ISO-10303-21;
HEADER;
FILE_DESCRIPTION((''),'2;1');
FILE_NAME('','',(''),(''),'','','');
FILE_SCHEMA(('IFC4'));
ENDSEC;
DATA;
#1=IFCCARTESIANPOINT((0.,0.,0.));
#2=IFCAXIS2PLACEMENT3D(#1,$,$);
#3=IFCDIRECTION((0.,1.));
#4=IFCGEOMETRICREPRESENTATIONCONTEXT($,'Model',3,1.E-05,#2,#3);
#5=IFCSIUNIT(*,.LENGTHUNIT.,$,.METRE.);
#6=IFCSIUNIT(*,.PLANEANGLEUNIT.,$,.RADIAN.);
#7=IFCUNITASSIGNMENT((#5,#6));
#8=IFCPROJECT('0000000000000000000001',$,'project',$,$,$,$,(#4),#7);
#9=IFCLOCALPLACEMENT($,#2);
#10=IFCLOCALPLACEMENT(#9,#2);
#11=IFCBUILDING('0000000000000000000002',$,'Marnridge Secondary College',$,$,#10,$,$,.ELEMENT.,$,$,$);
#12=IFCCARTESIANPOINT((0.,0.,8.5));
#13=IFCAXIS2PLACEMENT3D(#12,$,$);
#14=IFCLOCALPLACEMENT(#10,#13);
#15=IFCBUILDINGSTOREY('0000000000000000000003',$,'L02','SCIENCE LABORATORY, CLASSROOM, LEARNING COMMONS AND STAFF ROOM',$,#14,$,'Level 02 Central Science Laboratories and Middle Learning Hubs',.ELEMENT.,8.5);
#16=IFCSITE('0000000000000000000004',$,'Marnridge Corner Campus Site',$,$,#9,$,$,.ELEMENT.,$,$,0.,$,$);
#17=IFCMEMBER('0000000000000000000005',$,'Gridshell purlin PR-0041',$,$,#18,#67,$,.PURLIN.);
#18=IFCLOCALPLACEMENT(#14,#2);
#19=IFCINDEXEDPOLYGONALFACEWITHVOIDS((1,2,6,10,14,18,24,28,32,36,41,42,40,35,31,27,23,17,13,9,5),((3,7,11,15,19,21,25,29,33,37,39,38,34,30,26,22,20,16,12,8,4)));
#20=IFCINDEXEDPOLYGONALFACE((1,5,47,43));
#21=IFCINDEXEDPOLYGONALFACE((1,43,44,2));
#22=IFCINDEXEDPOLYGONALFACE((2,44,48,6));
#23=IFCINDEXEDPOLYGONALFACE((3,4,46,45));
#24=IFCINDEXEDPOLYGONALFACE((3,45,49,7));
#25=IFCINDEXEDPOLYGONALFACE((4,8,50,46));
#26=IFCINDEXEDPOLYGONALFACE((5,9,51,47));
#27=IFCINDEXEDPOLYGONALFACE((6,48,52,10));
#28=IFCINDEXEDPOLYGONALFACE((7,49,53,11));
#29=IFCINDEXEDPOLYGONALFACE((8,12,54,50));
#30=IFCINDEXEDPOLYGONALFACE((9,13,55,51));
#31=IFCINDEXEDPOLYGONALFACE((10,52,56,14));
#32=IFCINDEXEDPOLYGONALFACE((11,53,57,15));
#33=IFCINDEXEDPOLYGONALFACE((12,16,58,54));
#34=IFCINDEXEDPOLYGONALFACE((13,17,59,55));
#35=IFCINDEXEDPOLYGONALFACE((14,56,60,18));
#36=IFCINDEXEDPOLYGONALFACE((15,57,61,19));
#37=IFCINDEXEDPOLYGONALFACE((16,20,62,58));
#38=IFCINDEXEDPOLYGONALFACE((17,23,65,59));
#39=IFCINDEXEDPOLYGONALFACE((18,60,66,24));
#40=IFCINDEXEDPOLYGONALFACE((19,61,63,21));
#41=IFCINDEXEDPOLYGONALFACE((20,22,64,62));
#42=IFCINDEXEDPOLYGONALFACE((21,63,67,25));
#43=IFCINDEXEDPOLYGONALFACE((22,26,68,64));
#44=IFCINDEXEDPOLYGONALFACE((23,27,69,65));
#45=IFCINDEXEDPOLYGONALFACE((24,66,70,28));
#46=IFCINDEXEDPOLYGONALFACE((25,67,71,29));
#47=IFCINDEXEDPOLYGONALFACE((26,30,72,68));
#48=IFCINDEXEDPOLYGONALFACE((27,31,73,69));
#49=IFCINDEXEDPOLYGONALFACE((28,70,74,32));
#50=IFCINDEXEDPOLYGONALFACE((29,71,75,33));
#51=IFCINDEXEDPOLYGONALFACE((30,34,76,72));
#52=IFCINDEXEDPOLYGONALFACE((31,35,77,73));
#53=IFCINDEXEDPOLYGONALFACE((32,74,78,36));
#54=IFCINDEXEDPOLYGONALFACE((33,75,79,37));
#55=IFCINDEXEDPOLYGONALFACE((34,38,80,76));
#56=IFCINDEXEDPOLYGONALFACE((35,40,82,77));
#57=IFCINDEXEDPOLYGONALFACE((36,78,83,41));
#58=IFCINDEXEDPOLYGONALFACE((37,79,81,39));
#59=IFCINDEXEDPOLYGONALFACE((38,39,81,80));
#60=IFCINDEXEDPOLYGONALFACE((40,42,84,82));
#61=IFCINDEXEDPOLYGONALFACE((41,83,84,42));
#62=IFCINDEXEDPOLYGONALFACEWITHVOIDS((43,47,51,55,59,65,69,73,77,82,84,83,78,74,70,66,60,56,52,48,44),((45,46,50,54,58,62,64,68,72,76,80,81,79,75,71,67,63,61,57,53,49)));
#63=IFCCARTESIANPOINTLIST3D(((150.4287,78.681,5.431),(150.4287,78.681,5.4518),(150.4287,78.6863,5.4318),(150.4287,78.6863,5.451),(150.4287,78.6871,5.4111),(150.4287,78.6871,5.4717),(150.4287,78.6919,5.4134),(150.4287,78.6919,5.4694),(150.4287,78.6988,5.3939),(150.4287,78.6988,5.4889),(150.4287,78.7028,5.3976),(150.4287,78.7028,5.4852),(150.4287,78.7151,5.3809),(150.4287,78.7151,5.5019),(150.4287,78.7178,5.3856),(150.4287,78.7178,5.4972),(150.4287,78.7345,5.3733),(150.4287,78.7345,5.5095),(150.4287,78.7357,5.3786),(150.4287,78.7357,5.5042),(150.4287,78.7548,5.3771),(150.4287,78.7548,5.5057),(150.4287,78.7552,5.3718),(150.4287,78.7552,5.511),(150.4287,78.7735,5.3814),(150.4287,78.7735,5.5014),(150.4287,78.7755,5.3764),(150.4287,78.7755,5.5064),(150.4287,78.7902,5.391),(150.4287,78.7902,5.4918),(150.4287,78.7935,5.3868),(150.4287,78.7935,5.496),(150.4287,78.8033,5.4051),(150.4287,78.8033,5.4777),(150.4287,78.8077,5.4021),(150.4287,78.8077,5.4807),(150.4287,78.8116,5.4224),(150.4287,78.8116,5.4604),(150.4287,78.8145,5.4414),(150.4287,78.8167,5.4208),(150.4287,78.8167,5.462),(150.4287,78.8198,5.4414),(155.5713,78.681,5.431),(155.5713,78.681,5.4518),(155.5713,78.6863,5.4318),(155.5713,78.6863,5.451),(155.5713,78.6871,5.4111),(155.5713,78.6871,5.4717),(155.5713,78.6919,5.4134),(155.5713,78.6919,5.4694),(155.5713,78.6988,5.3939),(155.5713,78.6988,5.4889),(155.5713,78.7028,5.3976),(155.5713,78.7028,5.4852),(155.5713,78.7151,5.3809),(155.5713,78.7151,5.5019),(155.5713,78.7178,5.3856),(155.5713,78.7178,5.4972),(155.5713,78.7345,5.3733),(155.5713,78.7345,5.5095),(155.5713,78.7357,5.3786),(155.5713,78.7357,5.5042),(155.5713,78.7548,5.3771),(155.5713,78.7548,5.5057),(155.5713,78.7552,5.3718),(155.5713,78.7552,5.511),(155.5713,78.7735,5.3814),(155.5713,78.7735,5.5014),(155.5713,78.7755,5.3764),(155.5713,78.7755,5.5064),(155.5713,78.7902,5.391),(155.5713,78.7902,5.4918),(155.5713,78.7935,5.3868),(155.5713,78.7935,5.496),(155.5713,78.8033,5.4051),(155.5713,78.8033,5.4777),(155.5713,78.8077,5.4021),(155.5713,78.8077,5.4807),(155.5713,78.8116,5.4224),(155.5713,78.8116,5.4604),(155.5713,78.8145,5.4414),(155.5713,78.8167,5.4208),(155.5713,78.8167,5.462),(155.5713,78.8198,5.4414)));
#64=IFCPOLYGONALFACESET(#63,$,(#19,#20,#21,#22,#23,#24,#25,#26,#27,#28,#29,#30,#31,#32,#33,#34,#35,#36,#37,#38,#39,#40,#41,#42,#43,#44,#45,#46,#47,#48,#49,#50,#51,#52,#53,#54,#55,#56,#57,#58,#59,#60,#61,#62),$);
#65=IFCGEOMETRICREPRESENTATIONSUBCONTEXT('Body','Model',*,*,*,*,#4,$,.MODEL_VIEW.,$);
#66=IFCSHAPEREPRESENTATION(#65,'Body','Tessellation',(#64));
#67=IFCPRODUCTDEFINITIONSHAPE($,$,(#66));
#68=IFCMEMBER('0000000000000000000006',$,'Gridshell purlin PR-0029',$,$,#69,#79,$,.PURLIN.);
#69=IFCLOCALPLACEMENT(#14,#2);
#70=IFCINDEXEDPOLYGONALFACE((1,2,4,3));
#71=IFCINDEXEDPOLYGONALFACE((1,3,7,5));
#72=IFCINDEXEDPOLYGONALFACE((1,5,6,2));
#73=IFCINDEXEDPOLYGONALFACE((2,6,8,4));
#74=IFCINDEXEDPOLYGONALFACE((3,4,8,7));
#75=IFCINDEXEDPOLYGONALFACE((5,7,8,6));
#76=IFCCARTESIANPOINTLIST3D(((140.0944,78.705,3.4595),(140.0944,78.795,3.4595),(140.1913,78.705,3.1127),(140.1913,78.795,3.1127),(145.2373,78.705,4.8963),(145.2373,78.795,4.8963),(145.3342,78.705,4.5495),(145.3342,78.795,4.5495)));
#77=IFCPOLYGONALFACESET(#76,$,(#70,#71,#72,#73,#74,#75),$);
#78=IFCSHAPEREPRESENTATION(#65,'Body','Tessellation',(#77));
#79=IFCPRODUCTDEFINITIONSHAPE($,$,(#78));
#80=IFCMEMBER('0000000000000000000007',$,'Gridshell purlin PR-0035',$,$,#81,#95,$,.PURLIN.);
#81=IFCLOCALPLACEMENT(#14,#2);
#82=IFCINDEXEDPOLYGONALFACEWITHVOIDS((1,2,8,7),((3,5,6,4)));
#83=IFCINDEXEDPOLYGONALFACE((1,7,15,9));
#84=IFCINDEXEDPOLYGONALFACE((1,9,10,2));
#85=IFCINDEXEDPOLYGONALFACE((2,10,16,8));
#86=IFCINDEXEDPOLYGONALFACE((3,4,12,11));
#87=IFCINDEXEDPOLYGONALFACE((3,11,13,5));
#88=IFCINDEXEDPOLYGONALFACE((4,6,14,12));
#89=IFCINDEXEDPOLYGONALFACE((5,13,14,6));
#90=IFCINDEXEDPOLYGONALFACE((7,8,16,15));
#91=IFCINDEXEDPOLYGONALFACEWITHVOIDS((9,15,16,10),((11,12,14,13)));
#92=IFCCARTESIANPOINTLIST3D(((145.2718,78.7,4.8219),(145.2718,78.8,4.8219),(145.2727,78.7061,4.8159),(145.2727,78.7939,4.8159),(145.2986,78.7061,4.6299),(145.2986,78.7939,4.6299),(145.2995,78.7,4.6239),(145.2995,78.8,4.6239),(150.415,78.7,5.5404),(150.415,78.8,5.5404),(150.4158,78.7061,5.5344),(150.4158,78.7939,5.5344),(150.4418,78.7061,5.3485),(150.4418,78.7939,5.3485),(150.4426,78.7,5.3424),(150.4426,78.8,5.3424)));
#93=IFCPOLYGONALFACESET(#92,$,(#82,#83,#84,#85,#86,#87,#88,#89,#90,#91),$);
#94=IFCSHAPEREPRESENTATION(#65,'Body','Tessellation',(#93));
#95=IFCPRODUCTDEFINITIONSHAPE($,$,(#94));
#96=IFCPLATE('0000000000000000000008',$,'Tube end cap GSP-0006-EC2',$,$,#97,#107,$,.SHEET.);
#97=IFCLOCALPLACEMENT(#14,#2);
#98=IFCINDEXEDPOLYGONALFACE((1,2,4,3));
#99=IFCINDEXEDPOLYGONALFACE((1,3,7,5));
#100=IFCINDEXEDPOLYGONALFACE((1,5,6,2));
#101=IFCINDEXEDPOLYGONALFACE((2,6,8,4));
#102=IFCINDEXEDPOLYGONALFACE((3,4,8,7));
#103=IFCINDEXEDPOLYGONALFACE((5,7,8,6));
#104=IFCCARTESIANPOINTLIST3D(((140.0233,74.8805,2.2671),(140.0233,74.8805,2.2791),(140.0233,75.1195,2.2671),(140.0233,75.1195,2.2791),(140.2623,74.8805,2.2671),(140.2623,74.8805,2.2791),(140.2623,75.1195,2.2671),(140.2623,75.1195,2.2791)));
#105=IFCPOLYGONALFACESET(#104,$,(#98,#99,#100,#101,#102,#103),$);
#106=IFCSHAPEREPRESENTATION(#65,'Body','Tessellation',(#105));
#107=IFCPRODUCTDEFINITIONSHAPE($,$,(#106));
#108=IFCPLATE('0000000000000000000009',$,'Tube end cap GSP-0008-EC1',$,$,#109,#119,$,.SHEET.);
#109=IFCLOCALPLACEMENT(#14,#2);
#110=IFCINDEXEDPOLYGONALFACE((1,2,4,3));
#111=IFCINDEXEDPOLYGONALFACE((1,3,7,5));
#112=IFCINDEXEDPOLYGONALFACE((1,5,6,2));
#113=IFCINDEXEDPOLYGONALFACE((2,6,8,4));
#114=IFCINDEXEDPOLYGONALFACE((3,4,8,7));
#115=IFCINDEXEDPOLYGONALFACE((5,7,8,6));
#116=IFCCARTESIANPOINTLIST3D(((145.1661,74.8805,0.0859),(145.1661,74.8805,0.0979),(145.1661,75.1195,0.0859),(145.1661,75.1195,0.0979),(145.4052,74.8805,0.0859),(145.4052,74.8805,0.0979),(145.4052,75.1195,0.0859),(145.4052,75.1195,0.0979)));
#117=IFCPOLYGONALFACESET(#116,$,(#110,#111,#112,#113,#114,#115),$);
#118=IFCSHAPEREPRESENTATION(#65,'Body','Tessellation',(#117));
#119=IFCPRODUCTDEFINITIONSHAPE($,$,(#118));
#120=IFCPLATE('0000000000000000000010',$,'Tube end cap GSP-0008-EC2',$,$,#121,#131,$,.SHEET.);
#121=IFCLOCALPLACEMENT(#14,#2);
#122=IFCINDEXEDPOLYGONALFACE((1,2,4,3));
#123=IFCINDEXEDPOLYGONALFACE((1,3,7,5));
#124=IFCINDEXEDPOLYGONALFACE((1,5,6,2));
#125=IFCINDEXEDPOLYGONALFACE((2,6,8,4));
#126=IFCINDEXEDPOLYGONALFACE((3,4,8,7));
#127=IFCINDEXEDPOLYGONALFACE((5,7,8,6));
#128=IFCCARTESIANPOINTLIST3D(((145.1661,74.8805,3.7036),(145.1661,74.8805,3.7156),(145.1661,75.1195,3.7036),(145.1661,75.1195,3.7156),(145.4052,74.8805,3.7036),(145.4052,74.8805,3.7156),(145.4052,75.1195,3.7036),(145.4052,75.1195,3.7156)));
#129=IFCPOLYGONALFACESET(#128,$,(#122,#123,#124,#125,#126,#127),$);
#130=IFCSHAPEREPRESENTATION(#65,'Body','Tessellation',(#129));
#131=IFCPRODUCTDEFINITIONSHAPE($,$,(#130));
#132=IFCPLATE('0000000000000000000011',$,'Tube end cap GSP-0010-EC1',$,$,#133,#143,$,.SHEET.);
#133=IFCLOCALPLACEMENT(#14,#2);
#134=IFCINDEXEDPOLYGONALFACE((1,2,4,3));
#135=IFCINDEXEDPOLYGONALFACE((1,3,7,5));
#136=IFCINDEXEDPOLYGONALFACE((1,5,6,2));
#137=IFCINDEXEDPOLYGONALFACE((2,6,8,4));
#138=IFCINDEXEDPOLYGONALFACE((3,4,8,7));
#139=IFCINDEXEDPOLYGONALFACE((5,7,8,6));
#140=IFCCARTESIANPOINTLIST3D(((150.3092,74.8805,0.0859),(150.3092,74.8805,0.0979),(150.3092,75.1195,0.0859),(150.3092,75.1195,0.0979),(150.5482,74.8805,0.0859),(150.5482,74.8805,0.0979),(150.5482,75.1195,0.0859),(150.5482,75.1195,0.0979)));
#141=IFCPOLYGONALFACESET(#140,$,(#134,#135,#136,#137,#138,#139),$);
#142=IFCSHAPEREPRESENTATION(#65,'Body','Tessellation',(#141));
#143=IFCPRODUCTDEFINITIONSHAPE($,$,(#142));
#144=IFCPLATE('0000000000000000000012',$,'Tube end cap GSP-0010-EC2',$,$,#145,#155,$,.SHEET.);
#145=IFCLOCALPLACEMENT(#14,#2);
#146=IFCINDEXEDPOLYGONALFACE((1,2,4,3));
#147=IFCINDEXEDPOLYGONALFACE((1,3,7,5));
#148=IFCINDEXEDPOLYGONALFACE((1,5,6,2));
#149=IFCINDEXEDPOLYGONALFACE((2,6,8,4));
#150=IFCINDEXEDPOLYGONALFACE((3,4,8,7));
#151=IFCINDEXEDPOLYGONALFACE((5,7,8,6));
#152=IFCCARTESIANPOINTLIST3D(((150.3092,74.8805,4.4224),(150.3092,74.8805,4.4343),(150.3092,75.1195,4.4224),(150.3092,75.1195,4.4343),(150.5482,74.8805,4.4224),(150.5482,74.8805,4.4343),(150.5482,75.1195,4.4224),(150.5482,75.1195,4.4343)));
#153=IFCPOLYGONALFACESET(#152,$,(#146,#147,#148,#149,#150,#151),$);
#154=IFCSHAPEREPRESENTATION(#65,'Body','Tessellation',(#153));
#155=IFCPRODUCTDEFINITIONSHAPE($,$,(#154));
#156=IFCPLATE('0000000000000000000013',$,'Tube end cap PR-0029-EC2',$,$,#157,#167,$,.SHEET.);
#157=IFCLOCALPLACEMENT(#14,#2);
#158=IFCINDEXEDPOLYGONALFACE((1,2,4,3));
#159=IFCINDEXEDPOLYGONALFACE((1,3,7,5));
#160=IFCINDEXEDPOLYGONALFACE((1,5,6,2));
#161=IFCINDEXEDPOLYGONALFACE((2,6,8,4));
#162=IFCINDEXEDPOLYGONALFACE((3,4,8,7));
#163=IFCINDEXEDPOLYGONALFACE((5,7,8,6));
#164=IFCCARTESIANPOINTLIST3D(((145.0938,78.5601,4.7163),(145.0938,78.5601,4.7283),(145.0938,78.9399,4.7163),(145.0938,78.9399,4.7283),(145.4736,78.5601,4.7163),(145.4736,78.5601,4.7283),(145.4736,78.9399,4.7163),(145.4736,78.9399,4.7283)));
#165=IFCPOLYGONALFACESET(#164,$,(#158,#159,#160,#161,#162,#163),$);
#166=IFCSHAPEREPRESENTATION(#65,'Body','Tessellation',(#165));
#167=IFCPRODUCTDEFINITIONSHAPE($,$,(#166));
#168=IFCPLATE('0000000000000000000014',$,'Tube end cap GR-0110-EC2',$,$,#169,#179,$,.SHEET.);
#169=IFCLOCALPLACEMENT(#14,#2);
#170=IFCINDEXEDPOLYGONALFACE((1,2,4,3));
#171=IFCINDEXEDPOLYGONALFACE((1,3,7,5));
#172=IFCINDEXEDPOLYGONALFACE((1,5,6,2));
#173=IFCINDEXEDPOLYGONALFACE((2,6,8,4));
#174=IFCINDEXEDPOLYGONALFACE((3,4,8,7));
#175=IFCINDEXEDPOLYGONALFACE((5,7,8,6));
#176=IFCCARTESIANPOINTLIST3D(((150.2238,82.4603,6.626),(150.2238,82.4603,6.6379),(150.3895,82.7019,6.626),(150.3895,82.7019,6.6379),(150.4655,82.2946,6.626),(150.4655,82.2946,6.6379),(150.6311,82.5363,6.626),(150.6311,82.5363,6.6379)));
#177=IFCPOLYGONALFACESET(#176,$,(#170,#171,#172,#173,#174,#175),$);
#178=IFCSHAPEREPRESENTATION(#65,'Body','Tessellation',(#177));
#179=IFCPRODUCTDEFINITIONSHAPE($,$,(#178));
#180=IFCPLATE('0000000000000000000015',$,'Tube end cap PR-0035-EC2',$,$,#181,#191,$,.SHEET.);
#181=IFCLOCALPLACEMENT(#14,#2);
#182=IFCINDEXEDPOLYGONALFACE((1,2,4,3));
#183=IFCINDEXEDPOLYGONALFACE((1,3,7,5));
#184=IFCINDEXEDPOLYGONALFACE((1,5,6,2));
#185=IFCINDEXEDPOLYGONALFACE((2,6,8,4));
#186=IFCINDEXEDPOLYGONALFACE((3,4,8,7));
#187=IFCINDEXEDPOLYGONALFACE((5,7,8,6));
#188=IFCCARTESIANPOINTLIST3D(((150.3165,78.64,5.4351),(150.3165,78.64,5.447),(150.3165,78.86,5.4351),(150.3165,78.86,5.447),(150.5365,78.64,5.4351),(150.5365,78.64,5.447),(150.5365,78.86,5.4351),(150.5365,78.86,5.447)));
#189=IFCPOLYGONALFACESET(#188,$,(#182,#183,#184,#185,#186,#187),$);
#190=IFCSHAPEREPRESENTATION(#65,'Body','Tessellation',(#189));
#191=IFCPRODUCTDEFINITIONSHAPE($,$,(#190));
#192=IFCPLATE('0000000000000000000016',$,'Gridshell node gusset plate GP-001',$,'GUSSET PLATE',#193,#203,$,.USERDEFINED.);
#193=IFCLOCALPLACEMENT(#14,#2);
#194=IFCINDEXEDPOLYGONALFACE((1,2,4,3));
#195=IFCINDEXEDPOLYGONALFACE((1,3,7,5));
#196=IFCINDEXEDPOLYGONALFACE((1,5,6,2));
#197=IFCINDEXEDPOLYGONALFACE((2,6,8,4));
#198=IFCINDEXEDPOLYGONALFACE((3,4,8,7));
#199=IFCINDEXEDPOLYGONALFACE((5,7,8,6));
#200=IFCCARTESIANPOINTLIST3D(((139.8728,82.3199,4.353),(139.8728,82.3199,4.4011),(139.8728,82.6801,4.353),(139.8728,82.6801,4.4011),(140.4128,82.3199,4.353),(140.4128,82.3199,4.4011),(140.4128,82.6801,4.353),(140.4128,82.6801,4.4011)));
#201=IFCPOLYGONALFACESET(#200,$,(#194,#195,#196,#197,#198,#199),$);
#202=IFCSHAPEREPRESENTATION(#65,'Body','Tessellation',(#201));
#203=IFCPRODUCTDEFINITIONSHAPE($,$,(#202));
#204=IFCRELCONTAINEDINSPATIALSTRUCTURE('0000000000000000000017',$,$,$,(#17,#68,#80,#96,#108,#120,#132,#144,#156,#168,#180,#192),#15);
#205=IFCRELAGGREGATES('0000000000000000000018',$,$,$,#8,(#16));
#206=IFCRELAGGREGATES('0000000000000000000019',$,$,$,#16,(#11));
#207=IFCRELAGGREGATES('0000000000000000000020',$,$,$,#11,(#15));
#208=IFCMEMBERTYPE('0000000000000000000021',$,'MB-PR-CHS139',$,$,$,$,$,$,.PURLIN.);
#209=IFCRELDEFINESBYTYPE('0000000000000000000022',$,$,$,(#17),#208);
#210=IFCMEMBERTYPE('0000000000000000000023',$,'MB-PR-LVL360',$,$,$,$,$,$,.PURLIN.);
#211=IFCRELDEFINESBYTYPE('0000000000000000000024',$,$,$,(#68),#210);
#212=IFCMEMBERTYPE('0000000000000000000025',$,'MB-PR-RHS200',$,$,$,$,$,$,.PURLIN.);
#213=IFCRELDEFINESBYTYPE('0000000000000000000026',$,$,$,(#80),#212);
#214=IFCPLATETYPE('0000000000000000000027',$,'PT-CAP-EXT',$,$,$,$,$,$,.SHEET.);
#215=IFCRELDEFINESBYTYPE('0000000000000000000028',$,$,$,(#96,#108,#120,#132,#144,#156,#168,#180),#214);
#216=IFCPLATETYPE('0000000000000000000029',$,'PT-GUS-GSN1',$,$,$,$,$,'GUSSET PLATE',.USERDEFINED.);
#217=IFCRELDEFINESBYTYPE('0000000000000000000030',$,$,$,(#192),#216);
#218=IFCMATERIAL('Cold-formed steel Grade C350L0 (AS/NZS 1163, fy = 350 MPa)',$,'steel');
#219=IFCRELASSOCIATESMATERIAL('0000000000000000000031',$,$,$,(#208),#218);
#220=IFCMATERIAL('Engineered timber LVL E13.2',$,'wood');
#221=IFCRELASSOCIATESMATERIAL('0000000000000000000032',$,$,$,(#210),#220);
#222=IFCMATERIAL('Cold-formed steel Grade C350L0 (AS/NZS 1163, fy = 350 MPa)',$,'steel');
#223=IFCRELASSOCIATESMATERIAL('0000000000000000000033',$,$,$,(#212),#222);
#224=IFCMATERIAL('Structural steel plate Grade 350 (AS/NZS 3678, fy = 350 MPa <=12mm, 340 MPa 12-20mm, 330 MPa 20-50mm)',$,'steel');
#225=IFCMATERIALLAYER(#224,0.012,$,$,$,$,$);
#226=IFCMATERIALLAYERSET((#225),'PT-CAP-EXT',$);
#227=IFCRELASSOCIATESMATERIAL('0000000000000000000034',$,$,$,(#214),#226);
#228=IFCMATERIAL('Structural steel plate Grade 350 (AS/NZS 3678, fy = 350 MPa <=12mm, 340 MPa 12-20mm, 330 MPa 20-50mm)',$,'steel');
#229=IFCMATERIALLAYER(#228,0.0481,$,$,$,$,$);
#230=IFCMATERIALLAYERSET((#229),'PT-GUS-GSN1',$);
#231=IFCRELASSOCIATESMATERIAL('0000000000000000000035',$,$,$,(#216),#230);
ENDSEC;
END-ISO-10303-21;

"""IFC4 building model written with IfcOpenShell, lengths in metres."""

from ifc_helpers import new_model, si_unit, direction, frame, origin, origin_2d, place, context, subcontext, project, spatial, rectangle, hollow_rectangle, hollow_circle, extrude, material, layer, layer_set, material_profile, profile_set, type_object, element, save


model = new_model("IFC4")

# Units and contexts
model_context = context("Model", 3, precision=1e-05, world=origin(), true_north=direction((0.0, 1.0)))
body_context = subcontext(model_context, "Body", "Model", "MODEL_VIEW")
ifc_project = project(units=[si_unit("LENGTHUNIT", "METRE"), si_unit("PLANEANGLEUNIT", "RADIAN")], contexts=[model_context])

# Site, building, storey
site_placement = place(None, origin())
site = spatial("IfcSite", under=ifc_project, at=site_placement, Name="Marnridge Corner Campus Site", CompositionType="ELEMENT", RefElevation=0.0)
building_placement = place(site_placement, origin())
building = spatial("IfcBuilding", under=site, at=building_placement, Name="Marnridge Secondary College", CompositionType="ELEMENT")
storey_placement = place(building_placement, frame((0.0, 0.0, 8.5)))
storey = spatial("IfcBuildingStorey", under=building, at=storey_placement, Name="L02", Description="SCIENCE LABORATORY, CLASSROOM, LEARNING COMMONS AND STAFF ROOM", LongName="Level 02 Central Science Laboratories and Middle Learning Hubs", CompositionType="ELEMENT", Elevation=8.5)

# Members
ifc_material_1 = material(Name="Cold-formed steel Grade C350L0 (AS/NZS 1163, fy = 350 MPa)", Category="steel")
ifc_material_profile_1 = material_profile(ifc_material_1, hollow_circle(Radius=0.0698, WallThickness=0.0054, at=origin_2d()), Name="139.7x5.4CHS")
ifc_profile_set_1 = profile_set([ifc_material_profile_1], Name="Cold-formed steel Grade C350L0 (AS/NZS 1163, fy = 350 MPa)")
member_type_1 = type_object("IfcMemberType", Name="MB-PR-CHS139", PredefinedType="PURLIN", material=ifc_profile_set_1)
member_1_placement = place(storey_placement, frame((150.4287, 78.75, 5.4414), z_axis=(1.0, 0.0, 0.0), x_axis=(0.0, 1.0, 0.0)))
element("IfcMember", 1, at=member_1_placement, inside=storey, type_object=member_type_1, Name="Gridshell purlin PR-0041", PredefinedType="PURLIN", context=body_context, shape_type="SweptSolid", body=[
    extrude(hollow_circle(Radius=0.0698, WallThickness=0.0054, at=origin_2d()), origin(), (0.0, 0.0, 1.0), 5.1426),
])
ifc_material_2 = material(Name="Engineered timber LVL E13.2", Category="wood")
ifc_material_profile_2 = material_profile(ifc_material_2, rectangle(XDim=0.0901, YDim=0.3601, at=origin_2d()), Name="LVL 90x360")
ifc_profile_set_2 = profile_set([ifc_material_profile_2], Name="Engineered timber LVL E13.2")
member_type_2 = type_object("IfcMemberType", Name="MB-PR-LVL360", PredefinedType="PURLIN", material=ifc_profile_set_2)
member_2_placement = place(storey_placement, frame((140.1428, 78.75, 3.2861), z_axis=(0.963121, 0.0, 0.26907), x_axis=(0.0, 1.0, 0.0)))
element("IfcMember", 2, at=member_2_placement, inside=storey, type_object=member_type_2, Name="Gridshell purlin PR-0029", PredefinedType="PURLIN", context=body_context, shape_type="SweptSolid", body=[
    extrude(rectangle(XDim=0.0901, YDim=0.3601, at=origin_2d()), origin(), (0.0, 0.0, 1.0), 5.3398),
])
ifc_material_3 = material(Name="Cold-formed steel Grade C350L0 (AS/NZS 1163, fy = 350 MPa)", Category="steel")
ifc_material_profile_3 = material_profile(ifc_material_3, hollow_rectangle(XDim=0.1001, YDim=0.2, WallThickness=0.0061, at=origin_2d()), Name="200x100x6.0RHS")
ifc_profile_set_3 = profile_set([ifc_material_profile_3], Name="Cold-formed steel Grade C350L0 (AS/NZS 1163, fy = 350 MPa)")
member_type_3 = type_object("IfcMemberType", Name="MB-PR-RHS200", PredefinedType="PURLIN", material=ifc_profile_set_3)
member_3_placement = place(storey_placement, frame((145.2856, 78.75, 4.7229), z_axis=(0.990382, 0.0, 0.13836), x_axis=(0.0, 1.0, 0.0)))
element("IfcMember", 3, at=member_3_placement, inside=storey, type_object=member_type_3, Name="Gridshell purlin PR-0035", PredefinedType="PURLIN", context=body_context, shape_type="SweptSolid", body=[
    extrude(hollow_rectangle(XDim=0.1001, YDim=0.2, WallThickness=0.0061, at=origin_2d()), origin(), (0.0, 0.0, 1.0), 5.1931),
])

# Plates
ifc_material_4 = material(Name="Structural steel plate Grade 350 (AS/NZS 3678, fy = 350 MPa <=12mm, 340 MPa 12-20mm, 330 MPa 20-50mm)", Category="steel")
ifc_layer_1 = layer(ifc_material_4, 0.012)
ifc_layer_set_1 = layer_set([ifc_layer_1], Name="PT-CAP-EXT")
plate_type_1 = type_object("IfcPlateType", Name="PT-CAP-EXT", PredefinedType="SHEET", material=ifc_layer_set_1)
for number, where, z_axis, x_axis, name in (
    (4, (140.1428, 75.0, 2.2671), (0.0, 0.0, 1.0), (1.0, 0.0, 0.0), "Tube end cap GSP-0006-EC2"),
    (5, (145.2856, 75.0, 0.0859), (0.0, 0.0, 1.0), (1.0, 0.0, 0.0), "Tube end cap GSP-0008-EC1"),
    (6, (145.2856, 75.0, 3.7036), (0.0, 0.0, 1.0), (1.0, 0.0, 0.0), "Tube end cap GSP-0008-EC2"),
    (7, (150.4287, 75.0, 0.0859), (0.0, 0.0, 1.0), (1.0, 0.0, 0.0), "Tube end cap GSP-0010-EC1"),
    (8, (150.4287, 75.0, 4.4224), (0.0, 0.0, 1.0), (1.0, 0.0, 0.0), "Tube end cap GSP-0010-EC2"),
):
    element("IfcPlate", number, at=place(storey_placement, frame(where, z_axis=z_axis, x_axis=x_axis)), inside=storey, type_object=plate_type_1, Name=name, PredefinedType="SHEET", context=body_context, shape_type="SweptSolid", body=[
        extrude(rectangle(XDim=0.239, YDim=0.239, at=origin_2d()), origin(), (0.0, 0.0, 1.0), 0.012),
    ])
plate_1_placement = place(storey_placement, frame((145.2837, 78.75, 4.7163), z_axis=(0.0, 0.0, 1.0), x_axis=(1.0, 0.0, 0.0)))
element("IfcPlate", 9, at=plate_1_placement, inside=storey, type_object=plate_type_1, Name="Tube end cap PR-0029-EC2", PredefinedType="SHEET", context=body_context, shape_type="SweptSolid", body=[
    extrude(rectangle(XDim=0.3799, YDim=0.3799, at=origin_2d()), origin(), (0.0, 0.0, 1.0), 0.012),
])
plate_2_placement = place(storey_placement, frame((150.4275, 82.4983, 6.626), z_axis=(0.0, 0.0, 1.0), x_axis=(0.565543, 0.824719, 0.0)))
element("IfcPlate", 10, at=plate_2_placement, inside=storey, type_object=plate_type_1, Name="Tube end cap GR-0110-EC2", PredefinedType="SHEET", context=body_context, shape_type="SweptSolid", body=[
    extrude(rectangle(XDim=0.293, YDim=0.293, at=origin_2d()), origin(), (0.0, 0.0, 1.0), 0.012),
])
plate_3_placement = place(storey_placement, frame((150.4265, 78.75, 5.4351), z_axis=(0.0, 0.0, 1.0), x_axis=(1.0, 0.0, 0.0)))
element("IfcPlate", 11, at=plate_3_placement, inside=storey, type_object=plate_type_1, Name="Tube end cap PR-0035-EC2", PredefinedType="SHEET", context=body_context, shape_type="SweptSolid", body=[
    extrude(rectangle(XDim=0.22, YDim=0.22, at=origin_2d()), origin(), (0.0, 0.0, 1.0), 0.012),
])
ifc_material_5 = material(Name="Structural steel plate Grade 350 (AS/NZS 3678, fy = 350 MPa <=12mm, 340 MPa 12-20mm, 330 MPa 20-50mm)", Category="steel")
ifc_layer_2 = layer(ifc_material_5, 0.0481)
ifc_layer_set_2 = layer_set([ifc_layer_2], Name="PT-GUS-GSN1")
plate_type_2 = type_object("IfcPlateType", Name="PT-GUS-GSN1", ElementType="GUSSET PLATE", PredefinedType="USERDEFINED", material=ifc_layer_set_2)
plate_4_placement = place(storey_placement, frame((140.1428, 82.5, 4.353), z_axis=(0.0, 0.0, 1.0), x_axis=(1.0, 0.0, 0.0)))
element("IfcPlate", 12, at=plate_4_placement, inside=storey, type_object=plate_type_2, Name="Gridshell node gusset plate GP-001", ObjectType="GUSSET PLATE", PredefinedType="USERDEFINED", context=body_context, shape_type="SweptSolid", body=[
    extrude(rectangle(XDim=0.54, YDim=0.3601, at=origin_2d()), origin(), (0.0, 0.0, 1.0), 0.0481),
])

save(model, "model.ifc")
